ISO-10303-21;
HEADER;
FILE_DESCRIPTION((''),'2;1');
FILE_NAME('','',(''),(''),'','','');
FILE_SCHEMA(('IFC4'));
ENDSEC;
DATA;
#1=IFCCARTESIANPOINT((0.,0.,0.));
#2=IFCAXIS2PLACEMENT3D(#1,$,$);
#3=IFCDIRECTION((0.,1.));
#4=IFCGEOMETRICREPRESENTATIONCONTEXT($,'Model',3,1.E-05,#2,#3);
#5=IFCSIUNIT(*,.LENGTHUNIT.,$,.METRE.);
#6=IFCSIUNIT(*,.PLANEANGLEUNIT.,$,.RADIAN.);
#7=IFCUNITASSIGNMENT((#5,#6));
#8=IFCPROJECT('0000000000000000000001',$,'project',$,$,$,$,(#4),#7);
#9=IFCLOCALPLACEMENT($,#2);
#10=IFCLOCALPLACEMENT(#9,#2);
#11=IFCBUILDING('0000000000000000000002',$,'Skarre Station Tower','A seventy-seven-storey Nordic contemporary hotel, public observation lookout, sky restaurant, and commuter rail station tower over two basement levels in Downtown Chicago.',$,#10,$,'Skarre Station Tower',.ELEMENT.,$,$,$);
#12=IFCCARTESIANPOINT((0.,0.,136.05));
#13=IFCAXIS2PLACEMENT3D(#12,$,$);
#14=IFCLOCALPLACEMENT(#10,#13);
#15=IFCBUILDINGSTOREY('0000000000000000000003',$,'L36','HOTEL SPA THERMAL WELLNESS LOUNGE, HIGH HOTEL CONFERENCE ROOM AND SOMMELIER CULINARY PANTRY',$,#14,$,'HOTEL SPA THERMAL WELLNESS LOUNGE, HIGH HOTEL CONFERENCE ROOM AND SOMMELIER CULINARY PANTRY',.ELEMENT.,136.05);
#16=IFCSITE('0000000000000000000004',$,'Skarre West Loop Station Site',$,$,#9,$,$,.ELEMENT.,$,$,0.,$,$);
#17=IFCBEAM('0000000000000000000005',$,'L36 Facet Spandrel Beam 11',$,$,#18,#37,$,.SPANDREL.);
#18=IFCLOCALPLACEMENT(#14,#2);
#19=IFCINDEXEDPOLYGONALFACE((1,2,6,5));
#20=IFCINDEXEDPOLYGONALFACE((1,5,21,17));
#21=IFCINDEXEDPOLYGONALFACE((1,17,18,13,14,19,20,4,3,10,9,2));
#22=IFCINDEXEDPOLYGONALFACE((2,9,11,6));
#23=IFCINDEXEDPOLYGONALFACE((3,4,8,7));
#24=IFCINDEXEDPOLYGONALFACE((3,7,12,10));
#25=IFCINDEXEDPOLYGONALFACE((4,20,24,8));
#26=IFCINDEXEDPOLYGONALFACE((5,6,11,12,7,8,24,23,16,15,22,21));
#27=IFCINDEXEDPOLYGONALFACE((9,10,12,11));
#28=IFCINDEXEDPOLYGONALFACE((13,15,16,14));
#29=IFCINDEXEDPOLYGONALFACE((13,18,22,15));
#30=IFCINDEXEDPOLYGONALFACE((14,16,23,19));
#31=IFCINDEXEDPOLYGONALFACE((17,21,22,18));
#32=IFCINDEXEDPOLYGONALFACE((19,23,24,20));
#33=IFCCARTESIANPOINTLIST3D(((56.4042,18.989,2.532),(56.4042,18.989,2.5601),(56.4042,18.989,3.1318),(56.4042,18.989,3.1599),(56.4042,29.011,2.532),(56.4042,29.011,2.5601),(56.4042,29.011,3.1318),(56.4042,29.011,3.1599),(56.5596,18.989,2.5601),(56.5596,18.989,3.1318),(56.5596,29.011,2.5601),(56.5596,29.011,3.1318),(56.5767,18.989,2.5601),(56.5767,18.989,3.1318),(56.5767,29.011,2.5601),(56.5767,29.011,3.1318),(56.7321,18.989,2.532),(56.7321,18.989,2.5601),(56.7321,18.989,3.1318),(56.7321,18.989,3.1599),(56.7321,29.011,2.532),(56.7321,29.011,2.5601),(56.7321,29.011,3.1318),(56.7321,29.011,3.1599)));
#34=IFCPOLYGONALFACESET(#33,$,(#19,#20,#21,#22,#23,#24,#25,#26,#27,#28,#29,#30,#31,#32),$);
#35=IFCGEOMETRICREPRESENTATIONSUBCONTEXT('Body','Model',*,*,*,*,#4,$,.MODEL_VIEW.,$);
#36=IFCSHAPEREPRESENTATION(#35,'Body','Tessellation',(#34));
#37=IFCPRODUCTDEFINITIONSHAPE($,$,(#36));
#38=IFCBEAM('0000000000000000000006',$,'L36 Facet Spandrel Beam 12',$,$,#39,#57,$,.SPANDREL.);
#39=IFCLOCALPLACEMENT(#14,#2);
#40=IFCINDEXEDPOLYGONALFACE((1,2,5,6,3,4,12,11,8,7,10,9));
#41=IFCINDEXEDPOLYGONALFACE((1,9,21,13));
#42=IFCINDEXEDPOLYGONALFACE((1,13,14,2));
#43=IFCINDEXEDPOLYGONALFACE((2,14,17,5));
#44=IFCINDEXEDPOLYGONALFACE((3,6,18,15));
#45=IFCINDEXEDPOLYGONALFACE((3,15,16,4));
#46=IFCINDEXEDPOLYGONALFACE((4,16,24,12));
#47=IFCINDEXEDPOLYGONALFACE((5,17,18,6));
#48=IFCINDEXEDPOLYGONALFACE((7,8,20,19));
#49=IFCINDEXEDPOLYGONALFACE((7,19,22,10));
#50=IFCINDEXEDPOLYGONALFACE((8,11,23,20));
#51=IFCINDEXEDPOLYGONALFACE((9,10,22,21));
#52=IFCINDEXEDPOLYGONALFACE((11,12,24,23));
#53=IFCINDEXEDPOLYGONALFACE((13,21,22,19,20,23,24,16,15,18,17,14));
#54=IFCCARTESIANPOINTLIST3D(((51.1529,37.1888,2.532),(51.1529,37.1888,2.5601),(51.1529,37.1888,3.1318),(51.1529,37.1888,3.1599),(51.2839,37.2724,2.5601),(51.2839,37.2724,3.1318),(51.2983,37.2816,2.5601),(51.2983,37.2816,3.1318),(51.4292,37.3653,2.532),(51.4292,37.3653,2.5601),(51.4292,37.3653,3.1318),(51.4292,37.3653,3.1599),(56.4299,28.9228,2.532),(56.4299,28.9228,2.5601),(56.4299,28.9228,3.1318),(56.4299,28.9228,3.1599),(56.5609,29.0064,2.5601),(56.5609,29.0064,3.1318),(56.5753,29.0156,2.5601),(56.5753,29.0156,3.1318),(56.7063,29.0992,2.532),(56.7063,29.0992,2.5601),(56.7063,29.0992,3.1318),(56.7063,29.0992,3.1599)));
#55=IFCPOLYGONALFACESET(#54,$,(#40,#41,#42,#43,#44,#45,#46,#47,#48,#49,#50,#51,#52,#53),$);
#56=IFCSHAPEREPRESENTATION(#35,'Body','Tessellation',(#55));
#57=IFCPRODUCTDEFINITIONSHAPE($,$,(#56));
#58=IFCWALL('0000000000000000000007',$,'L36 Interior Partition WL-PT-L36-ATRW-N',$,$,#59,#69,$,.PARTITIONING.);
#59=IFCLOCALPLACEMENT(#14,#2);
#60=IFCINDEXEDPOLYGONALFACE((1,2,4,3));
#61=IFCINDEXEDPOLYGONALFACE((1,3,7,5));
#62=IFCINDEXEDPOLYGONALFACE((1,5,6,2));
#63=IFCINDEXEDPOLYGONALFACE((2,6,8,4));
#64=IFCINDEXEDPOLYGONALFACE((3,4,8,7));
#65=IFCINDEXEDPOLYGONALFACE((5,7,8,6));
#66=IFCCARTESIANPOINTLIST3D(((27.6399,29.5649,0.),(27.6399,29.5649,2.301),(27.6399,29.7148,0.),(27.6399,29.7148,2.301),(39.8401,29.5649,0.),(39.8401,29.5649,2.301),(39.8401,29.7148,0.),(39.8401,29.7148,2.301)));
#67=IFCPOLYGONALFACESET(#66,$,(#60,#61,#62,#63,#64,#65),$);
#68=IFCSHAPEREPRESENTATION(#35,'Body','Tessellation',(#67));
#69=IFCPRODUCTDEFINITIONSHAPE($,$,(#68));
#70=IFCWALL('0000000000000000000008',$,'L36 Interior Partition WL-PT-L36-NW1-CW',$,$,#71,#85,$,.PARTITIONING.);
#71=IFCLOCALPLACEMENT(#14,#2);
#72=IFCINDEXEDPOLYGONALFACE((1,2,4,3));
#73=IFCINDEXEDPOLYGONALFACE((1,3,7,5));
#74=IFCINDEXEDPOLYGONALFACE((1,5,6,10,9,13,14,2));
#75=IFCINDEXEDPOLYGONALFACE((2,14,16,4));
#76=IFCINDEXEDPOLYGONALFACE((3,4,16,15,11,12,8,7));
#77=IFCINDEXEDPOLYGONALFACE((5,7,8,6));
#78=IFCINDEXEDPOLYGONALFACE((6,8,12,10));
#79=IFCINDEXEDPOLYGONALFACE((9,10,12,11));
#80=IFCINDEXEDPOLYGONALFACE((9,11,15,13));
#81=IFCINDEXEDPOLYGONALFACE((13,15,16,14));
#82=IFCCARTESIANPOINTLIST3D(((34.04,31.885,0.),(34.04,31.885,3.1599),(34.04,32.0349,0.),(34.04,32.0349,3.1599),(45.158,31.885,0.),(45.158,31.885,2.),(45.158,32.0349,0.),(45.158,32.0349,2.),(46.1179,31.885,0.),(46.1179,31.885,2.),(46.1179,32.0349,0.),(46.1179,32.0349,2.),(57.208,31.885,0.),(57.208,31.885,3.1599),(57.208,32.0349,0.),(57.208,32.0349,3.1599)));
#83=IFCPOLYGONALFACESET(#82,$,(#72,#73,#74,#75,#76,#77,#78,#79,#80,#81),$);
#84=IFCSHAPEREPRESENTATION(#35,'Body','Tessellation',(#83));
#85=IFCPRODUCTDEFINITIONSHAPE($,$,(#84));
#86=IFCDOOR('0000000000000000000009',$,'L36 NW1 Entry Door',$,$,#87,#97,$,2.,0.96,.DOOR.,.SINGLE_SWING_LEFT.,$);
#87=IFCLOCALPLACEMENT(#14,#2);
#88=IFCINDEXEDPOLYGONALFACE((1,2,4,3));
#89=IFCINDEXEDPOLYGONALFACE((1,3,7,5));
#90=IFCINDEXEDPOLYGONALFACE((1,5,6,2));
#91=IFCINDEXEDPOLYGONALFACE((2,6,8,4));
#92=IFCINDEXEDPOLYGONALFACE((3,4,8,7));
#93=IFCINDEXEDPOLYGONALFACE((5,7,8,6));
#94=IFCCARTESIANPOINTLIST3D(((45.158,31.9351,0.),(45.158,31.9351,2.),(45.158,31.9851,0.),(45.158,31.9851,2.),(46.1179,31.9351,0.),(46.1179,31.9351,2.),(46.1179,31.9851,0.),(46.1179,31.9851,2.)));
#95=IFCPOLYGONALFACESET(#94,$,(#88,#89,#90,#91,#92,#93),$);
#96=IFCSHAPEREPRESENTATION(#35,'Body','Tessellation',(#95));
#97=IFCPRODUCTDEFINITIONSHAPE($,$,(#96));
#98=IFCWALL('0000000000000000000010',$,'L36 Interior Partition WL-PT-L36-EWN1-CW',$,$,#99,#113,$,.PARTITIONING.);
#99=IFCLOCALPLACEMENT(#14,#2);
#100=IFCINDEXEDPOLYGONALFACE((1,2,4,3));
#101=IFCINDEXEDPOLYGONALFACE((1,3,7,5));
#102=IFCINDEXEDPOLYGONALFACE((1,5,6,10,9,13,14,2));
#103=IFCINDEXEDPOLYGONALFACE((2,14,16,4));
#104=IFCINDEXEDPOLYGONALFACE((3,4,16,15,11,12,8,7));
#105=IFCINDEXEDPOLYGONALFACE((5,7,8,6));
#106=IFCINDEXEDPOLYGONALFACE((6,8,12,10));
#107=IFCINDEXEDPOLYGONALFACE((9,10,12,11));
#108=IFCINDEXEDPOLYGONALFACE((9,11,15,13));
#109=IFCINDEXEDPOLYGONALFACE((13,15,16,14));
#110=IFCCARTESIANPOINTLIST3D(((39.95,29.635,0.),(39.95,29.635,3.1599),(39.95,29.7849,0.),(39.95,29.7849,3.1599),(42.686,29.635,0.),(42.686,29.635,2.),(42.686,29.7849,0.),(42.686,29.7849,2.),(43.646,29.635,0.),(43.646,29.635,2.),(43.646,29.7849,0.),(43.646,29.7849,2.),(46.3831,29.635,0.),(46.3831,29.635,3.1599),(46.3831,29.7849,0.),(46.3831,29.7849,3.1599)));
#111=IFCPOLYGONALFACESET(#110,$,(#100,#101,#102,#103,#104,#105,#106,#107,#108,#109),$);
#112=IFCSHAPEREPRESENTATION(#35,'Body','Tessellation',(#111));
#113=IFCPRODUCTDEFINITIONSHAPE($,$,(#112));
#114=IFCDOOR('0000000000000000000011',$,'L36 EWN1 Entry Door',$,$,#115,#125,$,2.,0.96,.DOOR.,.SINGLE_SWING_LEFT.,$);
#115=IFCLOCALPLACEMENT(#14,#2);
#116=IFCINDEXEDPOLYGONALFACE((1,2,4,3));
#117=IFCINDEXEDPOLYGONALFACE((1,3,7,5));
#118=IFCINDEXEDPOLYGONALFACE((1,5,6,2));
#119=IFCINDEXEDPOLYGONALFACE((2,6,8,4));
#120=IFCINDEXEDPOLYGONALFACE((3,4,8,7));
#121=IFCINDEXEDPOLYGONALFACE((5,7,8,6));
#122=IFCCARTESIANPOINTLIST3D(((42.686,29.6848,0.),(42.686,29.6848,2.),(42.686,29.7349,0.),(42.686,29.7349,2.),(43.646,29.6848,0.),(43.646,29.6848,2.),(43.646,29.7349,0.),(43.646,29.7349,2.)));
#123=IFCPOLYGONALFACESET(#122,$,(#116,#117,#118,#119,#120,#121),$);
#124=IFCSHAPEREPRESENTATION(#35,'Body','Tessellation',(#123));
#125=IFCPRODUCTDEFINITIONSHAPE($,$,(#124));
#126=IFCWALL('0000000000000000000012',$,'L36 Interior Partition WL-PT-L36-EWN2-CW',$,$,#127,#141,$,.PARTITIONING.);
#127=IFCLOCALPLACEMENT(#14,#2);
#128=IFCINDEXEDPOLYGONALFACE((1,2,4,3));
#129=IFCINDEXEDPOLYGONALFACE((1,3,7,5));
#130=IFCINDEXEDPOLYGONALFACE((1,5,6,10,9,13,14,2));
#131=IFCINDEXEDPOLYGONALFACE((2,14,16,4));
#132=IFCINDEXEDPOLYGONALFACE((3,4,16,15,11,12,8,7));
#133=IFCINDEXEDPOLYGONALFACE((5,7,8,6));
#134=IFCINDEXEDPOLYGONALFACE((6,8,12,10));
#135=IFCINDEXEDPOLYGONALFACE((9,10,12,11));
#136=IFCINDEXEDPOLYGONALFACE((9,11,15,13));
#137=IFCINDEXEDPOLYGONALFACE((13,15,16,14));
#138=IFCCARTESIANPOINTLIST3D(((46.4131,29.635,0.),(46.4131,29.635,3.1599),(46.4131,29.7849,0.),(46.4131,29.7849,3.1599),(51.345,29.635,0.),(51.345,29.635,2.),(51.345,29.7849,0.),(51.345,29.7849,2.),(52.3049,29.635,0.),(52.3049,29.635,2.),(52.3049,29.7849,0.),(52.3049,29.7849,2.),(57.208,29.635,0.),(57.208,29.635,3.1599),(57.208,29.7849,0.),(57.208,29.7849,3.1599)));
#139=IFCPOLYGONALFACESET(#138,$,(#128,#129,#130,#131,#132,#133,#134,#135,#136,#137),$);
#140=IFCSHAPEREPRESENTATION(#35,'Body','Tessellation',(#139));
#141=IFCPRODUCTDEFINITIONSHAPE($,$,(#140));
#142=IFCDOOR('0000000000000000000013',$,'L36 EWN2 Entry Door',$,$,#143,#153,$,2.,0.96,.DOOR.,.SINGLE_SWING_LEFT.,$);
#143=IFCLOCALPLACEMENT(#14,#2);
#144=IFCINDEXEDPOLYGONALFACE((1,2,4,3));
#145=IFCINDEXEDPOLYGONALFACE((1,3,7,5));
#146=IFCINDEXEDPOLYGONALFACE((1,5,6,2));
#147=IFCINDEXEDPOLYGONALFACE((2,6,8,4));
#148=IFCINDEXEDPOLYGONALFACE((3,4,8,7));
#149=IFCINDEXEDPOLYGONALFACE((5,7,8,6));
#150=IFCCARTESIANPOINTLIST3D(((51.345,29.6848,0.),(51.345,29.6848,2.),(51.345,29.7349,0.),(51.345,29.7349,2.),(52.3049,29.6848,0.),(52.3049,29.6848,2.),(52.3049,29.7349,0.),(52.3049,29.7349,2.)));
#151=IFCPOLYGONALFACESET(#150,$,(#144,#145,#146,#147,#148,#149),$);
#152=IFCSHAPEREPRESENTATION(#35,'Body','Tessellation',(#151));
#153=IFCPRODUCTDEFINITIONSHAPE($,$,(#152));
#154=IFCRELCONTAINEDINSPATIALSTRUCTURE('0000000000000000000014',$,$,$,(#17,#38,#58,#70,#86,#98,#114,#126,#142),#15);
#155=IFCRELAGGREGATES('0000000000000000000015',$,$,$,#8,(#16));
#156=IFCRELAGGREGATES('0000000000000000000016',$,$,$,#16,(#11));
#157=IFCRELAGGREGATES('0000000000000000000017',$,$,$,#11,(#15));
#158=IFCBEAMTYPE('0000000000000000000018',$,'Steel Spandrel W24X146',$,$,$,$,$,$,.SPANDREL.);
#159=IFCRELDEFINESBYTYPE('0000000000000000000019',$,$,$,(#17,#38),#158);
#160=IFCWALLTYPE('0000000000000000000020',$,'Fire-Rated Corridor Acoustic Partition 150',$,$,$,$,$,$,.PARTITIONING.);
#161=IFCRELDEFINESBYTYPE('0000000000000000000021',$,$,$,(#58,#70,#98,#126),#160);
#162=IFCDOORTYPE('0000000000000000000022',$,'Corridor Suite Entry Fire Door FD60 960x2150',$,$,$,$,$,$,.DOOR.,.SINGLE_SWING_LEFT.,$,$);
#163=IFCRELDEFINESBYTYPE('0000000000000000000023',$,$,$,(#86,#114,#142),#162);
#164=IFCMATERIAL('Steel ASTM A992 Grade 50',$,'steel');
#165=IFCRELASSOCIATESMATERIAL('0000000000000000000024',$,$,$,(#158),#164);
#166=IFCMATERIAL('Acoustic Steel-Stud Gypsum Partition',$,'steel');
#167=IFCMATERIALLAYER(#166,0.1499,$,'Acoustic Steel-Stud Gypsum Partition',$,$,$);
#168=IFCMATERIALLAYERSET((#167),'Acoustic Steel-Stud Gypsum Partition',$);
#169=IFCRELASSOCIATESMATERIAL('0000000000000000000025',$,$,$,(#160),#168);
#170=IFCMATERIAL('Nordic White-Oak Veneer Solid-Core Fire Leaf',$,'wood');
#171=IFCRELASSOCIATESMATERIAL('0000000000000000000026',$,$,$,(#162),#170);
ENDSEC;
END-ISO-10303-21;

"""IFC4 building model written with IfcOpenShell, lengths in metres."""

from ifc_helpers import new_model, si_unit, direction, frame, frame_2d, origin, origin_2d, place, context, subcontext, project, spatial, rectangle, i_section, extrude, material, layer, layer_set, material_profile, profile_set, type_object, element, fill, save


model = new_model("IFC4")

# Units and contexts
model_context = context("Model", 3, precision=1e-05, world=origin(), true_north=direction((0.0, 1.0)))
body_context = subcontext(model_context, "Body", "Model", "MODEL_VIEW")
ifc_project = project(units=[si_unit("LENGTHUNIT", "METRE"), si_unit("PLANEANGLEUNIT", "RADIAN")], contexts=[model_context])

# Site, building, storey
site_placement = place(None, origin())
site = spatial("IfcSite", under=ifc_project, at=site_placement, Name="Skarre West Loop Station Site", CompositionType="ELEMENT", RefElevation=0.0)
building_placement = place(site_placement, origin())
building = spatial("IfcBuilding", under=site, at=building_placement, Name="Skarre Station Tower", Description="A seventy-seven-storey Nordic contemporary hotel, public observation lookout, sky restaurant, and commuter rail station tower over two basement levels in Downtown Chicago.", LongName="Skarre Station Tower", CompositionType="ELEMENT")
storey_placement = place(building_placement, frame((0.0, 0.0, 136.05)))
storey = spatial("IfcBuildingStorey", under=building, at=storey_placement, Name="L36", Description="HOTEL SPA THERMAL WELLNESS LOUNGE, HIGH HOTEL CONFERENCE ROOM AND SOMMELIER CULINARY PANTRY", LongName="HOTEL SPA THERMAL WELLNESS LOUNGE, HIGH HOTEL CONFERENCE ROOM AND SOMMELIER CULINARY PANTRY", CompositionType="ELEMENT", Elevation=136.05)

# Beams
ifc_material_1 = material(Name="Steel ASTM A992 Grade 50", Category="steel")
ifc_material_profile_1 = material_profile(ifc_material_1, i_section(OverallWidth=0.3279, OverallDepth=0.6279, WebThickness=0.0171, FlangeThickness=0.0281, at=origin_2d()), Name="Steel ASTM A992 Grade 50")
ifc_profile_set_1 = profile_set([ifc_material_profile_1], Name="Steel ASTM A992 Grade 50")
beam_type_1 = type_object("IfcBeamType", Name="Steel Spandrel W24X146", PredefinedType="SPANDREL", material=ifc_profile_set_1)
beam_1_placement = place(storey_placement, frame((56.5681, 18.989, 2.8459), z_axis=(0.0, 1.0, 0.0), x_axis=(-1.0, 0.0, 0.0)))
element("IfcBeam", 1, at=beam_1_placement, inside=storey, type_object=beam_type_1, Name="L36 Facet Spandrel Beam 11", PredefinedType="SPANDREL", context=body_context, shape_type="SweptSolid", body=[
    extrude(i_section(OverallWidth=0.3279, OverallDepth=0.6279, WebThickness=0.0171, FlangeThickness=0.0281, at=origin_2d()), origin(), (0.0, 0.0, 1.0), 10.022),
])
beam_2_placement = place(storey_placement, frame((56.5681, 29.011, 2.8459), z_axis=(-0.538098, 0.842883, 0.0), x_axis=(-0.842883, -0.538098, 0.0)))
element("IfcBeam", 2, at=beam_2_placement, inside=storey, type_object=beam_type_1, Name="L36 Facet Spandrel Beam 12", PredefinedType="SPANDREL", context=body_context, shape_type="SweptSolid", body=[
    extrude(i_section(OverallWidth=0.3279, OverallDepth=0.6279, WebThickness=0.0171, FlangeThickness=0.0281, at=origin_2d()), origin(), (0.0, 0.0, 1.0), 9.8069),
])

# Wall
ifc_material_2 = material(Name="Acoustic Steel-Stud Gypsum Partition", Category="steel")
ifc_layer_1 = layer(ifc_material_2, 0.1499, Name="Acoustic Steel-Stud Gypsum Partition")
ifc_layer_set_1 = layer_set([ifc_layer_1], Name="Acoustic Steel-Stud Gypsum Partition")
wall_type_1 = type_object("IfcWallType", Name="Fire-Rated Corridor Acoustic Partition 150", PredefinedType="PARTITIONING", material=ifc_layer_set_1)
wall_1_placement = place(storey_placement, frame((39.8401, 29.6399, 0.0), z_axis=(0.0, 0.0, 1.0), x_axis=(-1.0, 0.0, 0.0)))
element("IfcWall", 3, at=wall_1_placement, inside=storey, type_object=wall_type_1, Name="L36 Interior Partition WL-PT-L36-ATRW-N", PredefinedType="PARTITIONING", context=body_context, shape_type="SweptSolid", body=[
    extrude(rectangle(XDim=12.2002, YDim=0.1499, at=frame_2d((6.1001, 0.0))), origin(), (0.0, 0.0, 1.0), 2.301),
])

# Walls, openings, doors
wall_2_placement = place(storey_placement, frame((57.208, 31.96, 0.0), z_axis=(0.0, 0.0, 1.0), x_axis=(-1.0, 0.0, 0.0)))
wall_2 = element("IfcWall", 4, at=wall_2_placement, inside=storey, type_object=wall_type_1, Name="L36 Interior Partition WL-PT-L36-NW1-CW", PredefinedType="PARTITIONING", context=body_context, shape_type="SweptSolid", body=[
    extrude(rectangle(XDim=23.168, YDim=0.1499, at=frame_2d((11.584, 0.0))), origin(), (0.0, 0.0, 1.0), 3.1599),
])
opening_1_placement = place(wall_2_placement, frame((11.0901, 0.0, 0.0)))
opening_1 = element("IfcOpeningElement", 5, at=opening_1_placement, cuts=wall_2, PredefinedType="OPENING", context=body_context, shape_type="SweptSolid", body=[
    extrude(rectangle(XDim=0.96, YDim=2.0, at=frame_2d((0.48, 1.0))), frame((0.0, 0.085, 0.0), z_axis=(0.0, -1.0, 0.0), x_axis=(1.0, 0.0, 0.0)), (0.0, 0.0, 1.0), 0.1699),
])
ifc_material_3 = material(Name="Nordic White-Oak Veneer Solid-Core Fire Leaf", Category="wood")
door_type = type_object("IfcDoorType", Name="Corridor Suite Entry Fire Door FD60 960x2150", OperationType="SINGLE_SWING_LEFT", PredefinedType="DOOR", material=ifc_material_3)
door_1_placement = place(opening_1_placement, origin())
door_1 = element("IfcDoor", 6, at=door_1_placement, inside=storey, type_object=door_type, Name="L36 NW1 Entry Door", OperationType="SINGLE_SWING_LEFT", OverallHeight=2.0, OverallWidth=0.96, PredefinedType="DOOR", context=body_context, shape_type="SweptSolid", body=[
    extrude(rectangle(XDim=0.96, YDim=2.0, at=frame_2d((0.48, 1.0))), frame((0.0, 0.0249, 0.0), z_axis=(0.0, -1.0, 0.0), x_axis=(1.0, 0.0, 0.0)), (0.0, 0.0, 1.0), 0.05),
])
fill(opening_1, door_1)
wall_3_placement = place(storey_placement, frame((39.95, 29.71, 0.0), z_axis=(0.0, 0.0, 1.0), x_axis=(1.0, 0.0, 0.0)))
wall_3 = element("IfcWall", 7, at=wall_3_placement, inside=storey, type_object=wall_type_1, Name="L36 Interior Partition WL-PT-L36-EWN1-CW", PredefinedType="PARTITIONING", context=body_context, shape_type="SweptSolid", body=[
    extrude(rectangle(XDim=6.4331, YDim=0.1499, at=frame_2d((3.2166, 0.0))), origin(), (0.0, 0.0, 1.0), 3.1599),
])
opening_2_placement = place(wall_3_placement, frame((2.7361, 0.0, 0.0)))
opening_2 = element("IfcOpeningElement", 8, at=opening_2_placement, cuts=wall_3, PredefinedType="OPENING", context=body_context, shape_type="SweptSolid", body=[
    extrude(rectangle(XDim=0.96, YDim=2.0, at=frame_2d((0.48, 1.0))), frame((0.0, 0.085, 0.0), z_axis=(0.0, -1.0, 0.0), x_axis=(1.0, 0.0, 0.0)), (0.0, 0.0, 1.0), 0.1699),
])
door_2_placement = place(opening_2_placement, origin())
door_2 = element("IfcDoor", 9, at=door_2_placement, inside=storey, type_object=door_type, Name="L36 EWN1 Entry Door", OperationType="SINGLE_SWING_LEFT", OverallHeight=2.0, OverallWidth=0.96, PredefinedType="DOOR", context=body_context, shape_type="SweptSolid", body=[
    extrude(rectangle(XDim=0.96, YDim=2.0, at=frame_2d((0.48, 1.0))), frame((0.0, 0.0249, 0.0), z_axis=(0.0, -1.0, 0.0), x_axis=(1.0, 0.0, 0.0)), (0.0, 0.0, 1.0), 0.05),
])
fill(opening_2, door_2)
wall_4_placement = place(storey_placement, frame((46.4131, 29.71, 0.0), z_axis=(0.0, 0.0, 1.0), x_axis=(1.0, 0.0, 0.0)))
wall_4 = element("IfcWall", 10, at=wall_4_placement, inside=storey, type_object=wall_type_1, Name="L36 Interior Partition WL-PT-L36-EWN2-CW", PredefinedType="PARTITIONING", context=body_context, shape_type="SweptSolid", body=[
    extrude(rectangle(XDim=10.7949, YDim=0.1499, at=frame_2d((5.3975, 0.0))), origin(), (0.0, 0.0, 1.0), 3.1599),
])
opening_3_placement = place(wall_4_placement, frame((4.9319, 0.0, 0.0)))
opening_3 = element("IfcOpeningElement", 11, at=opening_3_placement, cuts=wall_4, PredefinedType="OPENING", context=body_context, shape_type="SweptSolid", body=[
    extrude(rectangle(XDim=0.96, YDim=2.0, at=frame_2d((0.48, 1.0))), frame((0.0, 0.085, 0.0), z_axis=(0.0, -1.0, 0.0), x_axis=(1.0, 0.0, 0.0)), (0.0, 0.0, 1.0), 0.1699),
])
door_3_placement = place(opening_3_placement, origin())
door_3 = element("IfcDoor", 12, at=door_3_placement, inside=storey, type_object=door_type, Name="L36 EWN2 Entry Door", OperationType="SINGLE_SWING_LEFT", OverallHeight=2.0, OverallWidth=0.96, PredefinedType="DOOR", context=body_context, shape_type="SweptSolid", body=[
    extrude(rectangle(XDim=0.96, YDim=2.0, at=frame_2d((0.48, 1.0))), frame((0.0, 0.0249, 0.0), z_axis=(0.0, -1.0, 0.0), x_axis=(1.0, 0.0, 0.0)), (0.0, 0.0, 1.0), 0.05),
])
fill(opening_3, door_3)

save(model, "model.ifc")
